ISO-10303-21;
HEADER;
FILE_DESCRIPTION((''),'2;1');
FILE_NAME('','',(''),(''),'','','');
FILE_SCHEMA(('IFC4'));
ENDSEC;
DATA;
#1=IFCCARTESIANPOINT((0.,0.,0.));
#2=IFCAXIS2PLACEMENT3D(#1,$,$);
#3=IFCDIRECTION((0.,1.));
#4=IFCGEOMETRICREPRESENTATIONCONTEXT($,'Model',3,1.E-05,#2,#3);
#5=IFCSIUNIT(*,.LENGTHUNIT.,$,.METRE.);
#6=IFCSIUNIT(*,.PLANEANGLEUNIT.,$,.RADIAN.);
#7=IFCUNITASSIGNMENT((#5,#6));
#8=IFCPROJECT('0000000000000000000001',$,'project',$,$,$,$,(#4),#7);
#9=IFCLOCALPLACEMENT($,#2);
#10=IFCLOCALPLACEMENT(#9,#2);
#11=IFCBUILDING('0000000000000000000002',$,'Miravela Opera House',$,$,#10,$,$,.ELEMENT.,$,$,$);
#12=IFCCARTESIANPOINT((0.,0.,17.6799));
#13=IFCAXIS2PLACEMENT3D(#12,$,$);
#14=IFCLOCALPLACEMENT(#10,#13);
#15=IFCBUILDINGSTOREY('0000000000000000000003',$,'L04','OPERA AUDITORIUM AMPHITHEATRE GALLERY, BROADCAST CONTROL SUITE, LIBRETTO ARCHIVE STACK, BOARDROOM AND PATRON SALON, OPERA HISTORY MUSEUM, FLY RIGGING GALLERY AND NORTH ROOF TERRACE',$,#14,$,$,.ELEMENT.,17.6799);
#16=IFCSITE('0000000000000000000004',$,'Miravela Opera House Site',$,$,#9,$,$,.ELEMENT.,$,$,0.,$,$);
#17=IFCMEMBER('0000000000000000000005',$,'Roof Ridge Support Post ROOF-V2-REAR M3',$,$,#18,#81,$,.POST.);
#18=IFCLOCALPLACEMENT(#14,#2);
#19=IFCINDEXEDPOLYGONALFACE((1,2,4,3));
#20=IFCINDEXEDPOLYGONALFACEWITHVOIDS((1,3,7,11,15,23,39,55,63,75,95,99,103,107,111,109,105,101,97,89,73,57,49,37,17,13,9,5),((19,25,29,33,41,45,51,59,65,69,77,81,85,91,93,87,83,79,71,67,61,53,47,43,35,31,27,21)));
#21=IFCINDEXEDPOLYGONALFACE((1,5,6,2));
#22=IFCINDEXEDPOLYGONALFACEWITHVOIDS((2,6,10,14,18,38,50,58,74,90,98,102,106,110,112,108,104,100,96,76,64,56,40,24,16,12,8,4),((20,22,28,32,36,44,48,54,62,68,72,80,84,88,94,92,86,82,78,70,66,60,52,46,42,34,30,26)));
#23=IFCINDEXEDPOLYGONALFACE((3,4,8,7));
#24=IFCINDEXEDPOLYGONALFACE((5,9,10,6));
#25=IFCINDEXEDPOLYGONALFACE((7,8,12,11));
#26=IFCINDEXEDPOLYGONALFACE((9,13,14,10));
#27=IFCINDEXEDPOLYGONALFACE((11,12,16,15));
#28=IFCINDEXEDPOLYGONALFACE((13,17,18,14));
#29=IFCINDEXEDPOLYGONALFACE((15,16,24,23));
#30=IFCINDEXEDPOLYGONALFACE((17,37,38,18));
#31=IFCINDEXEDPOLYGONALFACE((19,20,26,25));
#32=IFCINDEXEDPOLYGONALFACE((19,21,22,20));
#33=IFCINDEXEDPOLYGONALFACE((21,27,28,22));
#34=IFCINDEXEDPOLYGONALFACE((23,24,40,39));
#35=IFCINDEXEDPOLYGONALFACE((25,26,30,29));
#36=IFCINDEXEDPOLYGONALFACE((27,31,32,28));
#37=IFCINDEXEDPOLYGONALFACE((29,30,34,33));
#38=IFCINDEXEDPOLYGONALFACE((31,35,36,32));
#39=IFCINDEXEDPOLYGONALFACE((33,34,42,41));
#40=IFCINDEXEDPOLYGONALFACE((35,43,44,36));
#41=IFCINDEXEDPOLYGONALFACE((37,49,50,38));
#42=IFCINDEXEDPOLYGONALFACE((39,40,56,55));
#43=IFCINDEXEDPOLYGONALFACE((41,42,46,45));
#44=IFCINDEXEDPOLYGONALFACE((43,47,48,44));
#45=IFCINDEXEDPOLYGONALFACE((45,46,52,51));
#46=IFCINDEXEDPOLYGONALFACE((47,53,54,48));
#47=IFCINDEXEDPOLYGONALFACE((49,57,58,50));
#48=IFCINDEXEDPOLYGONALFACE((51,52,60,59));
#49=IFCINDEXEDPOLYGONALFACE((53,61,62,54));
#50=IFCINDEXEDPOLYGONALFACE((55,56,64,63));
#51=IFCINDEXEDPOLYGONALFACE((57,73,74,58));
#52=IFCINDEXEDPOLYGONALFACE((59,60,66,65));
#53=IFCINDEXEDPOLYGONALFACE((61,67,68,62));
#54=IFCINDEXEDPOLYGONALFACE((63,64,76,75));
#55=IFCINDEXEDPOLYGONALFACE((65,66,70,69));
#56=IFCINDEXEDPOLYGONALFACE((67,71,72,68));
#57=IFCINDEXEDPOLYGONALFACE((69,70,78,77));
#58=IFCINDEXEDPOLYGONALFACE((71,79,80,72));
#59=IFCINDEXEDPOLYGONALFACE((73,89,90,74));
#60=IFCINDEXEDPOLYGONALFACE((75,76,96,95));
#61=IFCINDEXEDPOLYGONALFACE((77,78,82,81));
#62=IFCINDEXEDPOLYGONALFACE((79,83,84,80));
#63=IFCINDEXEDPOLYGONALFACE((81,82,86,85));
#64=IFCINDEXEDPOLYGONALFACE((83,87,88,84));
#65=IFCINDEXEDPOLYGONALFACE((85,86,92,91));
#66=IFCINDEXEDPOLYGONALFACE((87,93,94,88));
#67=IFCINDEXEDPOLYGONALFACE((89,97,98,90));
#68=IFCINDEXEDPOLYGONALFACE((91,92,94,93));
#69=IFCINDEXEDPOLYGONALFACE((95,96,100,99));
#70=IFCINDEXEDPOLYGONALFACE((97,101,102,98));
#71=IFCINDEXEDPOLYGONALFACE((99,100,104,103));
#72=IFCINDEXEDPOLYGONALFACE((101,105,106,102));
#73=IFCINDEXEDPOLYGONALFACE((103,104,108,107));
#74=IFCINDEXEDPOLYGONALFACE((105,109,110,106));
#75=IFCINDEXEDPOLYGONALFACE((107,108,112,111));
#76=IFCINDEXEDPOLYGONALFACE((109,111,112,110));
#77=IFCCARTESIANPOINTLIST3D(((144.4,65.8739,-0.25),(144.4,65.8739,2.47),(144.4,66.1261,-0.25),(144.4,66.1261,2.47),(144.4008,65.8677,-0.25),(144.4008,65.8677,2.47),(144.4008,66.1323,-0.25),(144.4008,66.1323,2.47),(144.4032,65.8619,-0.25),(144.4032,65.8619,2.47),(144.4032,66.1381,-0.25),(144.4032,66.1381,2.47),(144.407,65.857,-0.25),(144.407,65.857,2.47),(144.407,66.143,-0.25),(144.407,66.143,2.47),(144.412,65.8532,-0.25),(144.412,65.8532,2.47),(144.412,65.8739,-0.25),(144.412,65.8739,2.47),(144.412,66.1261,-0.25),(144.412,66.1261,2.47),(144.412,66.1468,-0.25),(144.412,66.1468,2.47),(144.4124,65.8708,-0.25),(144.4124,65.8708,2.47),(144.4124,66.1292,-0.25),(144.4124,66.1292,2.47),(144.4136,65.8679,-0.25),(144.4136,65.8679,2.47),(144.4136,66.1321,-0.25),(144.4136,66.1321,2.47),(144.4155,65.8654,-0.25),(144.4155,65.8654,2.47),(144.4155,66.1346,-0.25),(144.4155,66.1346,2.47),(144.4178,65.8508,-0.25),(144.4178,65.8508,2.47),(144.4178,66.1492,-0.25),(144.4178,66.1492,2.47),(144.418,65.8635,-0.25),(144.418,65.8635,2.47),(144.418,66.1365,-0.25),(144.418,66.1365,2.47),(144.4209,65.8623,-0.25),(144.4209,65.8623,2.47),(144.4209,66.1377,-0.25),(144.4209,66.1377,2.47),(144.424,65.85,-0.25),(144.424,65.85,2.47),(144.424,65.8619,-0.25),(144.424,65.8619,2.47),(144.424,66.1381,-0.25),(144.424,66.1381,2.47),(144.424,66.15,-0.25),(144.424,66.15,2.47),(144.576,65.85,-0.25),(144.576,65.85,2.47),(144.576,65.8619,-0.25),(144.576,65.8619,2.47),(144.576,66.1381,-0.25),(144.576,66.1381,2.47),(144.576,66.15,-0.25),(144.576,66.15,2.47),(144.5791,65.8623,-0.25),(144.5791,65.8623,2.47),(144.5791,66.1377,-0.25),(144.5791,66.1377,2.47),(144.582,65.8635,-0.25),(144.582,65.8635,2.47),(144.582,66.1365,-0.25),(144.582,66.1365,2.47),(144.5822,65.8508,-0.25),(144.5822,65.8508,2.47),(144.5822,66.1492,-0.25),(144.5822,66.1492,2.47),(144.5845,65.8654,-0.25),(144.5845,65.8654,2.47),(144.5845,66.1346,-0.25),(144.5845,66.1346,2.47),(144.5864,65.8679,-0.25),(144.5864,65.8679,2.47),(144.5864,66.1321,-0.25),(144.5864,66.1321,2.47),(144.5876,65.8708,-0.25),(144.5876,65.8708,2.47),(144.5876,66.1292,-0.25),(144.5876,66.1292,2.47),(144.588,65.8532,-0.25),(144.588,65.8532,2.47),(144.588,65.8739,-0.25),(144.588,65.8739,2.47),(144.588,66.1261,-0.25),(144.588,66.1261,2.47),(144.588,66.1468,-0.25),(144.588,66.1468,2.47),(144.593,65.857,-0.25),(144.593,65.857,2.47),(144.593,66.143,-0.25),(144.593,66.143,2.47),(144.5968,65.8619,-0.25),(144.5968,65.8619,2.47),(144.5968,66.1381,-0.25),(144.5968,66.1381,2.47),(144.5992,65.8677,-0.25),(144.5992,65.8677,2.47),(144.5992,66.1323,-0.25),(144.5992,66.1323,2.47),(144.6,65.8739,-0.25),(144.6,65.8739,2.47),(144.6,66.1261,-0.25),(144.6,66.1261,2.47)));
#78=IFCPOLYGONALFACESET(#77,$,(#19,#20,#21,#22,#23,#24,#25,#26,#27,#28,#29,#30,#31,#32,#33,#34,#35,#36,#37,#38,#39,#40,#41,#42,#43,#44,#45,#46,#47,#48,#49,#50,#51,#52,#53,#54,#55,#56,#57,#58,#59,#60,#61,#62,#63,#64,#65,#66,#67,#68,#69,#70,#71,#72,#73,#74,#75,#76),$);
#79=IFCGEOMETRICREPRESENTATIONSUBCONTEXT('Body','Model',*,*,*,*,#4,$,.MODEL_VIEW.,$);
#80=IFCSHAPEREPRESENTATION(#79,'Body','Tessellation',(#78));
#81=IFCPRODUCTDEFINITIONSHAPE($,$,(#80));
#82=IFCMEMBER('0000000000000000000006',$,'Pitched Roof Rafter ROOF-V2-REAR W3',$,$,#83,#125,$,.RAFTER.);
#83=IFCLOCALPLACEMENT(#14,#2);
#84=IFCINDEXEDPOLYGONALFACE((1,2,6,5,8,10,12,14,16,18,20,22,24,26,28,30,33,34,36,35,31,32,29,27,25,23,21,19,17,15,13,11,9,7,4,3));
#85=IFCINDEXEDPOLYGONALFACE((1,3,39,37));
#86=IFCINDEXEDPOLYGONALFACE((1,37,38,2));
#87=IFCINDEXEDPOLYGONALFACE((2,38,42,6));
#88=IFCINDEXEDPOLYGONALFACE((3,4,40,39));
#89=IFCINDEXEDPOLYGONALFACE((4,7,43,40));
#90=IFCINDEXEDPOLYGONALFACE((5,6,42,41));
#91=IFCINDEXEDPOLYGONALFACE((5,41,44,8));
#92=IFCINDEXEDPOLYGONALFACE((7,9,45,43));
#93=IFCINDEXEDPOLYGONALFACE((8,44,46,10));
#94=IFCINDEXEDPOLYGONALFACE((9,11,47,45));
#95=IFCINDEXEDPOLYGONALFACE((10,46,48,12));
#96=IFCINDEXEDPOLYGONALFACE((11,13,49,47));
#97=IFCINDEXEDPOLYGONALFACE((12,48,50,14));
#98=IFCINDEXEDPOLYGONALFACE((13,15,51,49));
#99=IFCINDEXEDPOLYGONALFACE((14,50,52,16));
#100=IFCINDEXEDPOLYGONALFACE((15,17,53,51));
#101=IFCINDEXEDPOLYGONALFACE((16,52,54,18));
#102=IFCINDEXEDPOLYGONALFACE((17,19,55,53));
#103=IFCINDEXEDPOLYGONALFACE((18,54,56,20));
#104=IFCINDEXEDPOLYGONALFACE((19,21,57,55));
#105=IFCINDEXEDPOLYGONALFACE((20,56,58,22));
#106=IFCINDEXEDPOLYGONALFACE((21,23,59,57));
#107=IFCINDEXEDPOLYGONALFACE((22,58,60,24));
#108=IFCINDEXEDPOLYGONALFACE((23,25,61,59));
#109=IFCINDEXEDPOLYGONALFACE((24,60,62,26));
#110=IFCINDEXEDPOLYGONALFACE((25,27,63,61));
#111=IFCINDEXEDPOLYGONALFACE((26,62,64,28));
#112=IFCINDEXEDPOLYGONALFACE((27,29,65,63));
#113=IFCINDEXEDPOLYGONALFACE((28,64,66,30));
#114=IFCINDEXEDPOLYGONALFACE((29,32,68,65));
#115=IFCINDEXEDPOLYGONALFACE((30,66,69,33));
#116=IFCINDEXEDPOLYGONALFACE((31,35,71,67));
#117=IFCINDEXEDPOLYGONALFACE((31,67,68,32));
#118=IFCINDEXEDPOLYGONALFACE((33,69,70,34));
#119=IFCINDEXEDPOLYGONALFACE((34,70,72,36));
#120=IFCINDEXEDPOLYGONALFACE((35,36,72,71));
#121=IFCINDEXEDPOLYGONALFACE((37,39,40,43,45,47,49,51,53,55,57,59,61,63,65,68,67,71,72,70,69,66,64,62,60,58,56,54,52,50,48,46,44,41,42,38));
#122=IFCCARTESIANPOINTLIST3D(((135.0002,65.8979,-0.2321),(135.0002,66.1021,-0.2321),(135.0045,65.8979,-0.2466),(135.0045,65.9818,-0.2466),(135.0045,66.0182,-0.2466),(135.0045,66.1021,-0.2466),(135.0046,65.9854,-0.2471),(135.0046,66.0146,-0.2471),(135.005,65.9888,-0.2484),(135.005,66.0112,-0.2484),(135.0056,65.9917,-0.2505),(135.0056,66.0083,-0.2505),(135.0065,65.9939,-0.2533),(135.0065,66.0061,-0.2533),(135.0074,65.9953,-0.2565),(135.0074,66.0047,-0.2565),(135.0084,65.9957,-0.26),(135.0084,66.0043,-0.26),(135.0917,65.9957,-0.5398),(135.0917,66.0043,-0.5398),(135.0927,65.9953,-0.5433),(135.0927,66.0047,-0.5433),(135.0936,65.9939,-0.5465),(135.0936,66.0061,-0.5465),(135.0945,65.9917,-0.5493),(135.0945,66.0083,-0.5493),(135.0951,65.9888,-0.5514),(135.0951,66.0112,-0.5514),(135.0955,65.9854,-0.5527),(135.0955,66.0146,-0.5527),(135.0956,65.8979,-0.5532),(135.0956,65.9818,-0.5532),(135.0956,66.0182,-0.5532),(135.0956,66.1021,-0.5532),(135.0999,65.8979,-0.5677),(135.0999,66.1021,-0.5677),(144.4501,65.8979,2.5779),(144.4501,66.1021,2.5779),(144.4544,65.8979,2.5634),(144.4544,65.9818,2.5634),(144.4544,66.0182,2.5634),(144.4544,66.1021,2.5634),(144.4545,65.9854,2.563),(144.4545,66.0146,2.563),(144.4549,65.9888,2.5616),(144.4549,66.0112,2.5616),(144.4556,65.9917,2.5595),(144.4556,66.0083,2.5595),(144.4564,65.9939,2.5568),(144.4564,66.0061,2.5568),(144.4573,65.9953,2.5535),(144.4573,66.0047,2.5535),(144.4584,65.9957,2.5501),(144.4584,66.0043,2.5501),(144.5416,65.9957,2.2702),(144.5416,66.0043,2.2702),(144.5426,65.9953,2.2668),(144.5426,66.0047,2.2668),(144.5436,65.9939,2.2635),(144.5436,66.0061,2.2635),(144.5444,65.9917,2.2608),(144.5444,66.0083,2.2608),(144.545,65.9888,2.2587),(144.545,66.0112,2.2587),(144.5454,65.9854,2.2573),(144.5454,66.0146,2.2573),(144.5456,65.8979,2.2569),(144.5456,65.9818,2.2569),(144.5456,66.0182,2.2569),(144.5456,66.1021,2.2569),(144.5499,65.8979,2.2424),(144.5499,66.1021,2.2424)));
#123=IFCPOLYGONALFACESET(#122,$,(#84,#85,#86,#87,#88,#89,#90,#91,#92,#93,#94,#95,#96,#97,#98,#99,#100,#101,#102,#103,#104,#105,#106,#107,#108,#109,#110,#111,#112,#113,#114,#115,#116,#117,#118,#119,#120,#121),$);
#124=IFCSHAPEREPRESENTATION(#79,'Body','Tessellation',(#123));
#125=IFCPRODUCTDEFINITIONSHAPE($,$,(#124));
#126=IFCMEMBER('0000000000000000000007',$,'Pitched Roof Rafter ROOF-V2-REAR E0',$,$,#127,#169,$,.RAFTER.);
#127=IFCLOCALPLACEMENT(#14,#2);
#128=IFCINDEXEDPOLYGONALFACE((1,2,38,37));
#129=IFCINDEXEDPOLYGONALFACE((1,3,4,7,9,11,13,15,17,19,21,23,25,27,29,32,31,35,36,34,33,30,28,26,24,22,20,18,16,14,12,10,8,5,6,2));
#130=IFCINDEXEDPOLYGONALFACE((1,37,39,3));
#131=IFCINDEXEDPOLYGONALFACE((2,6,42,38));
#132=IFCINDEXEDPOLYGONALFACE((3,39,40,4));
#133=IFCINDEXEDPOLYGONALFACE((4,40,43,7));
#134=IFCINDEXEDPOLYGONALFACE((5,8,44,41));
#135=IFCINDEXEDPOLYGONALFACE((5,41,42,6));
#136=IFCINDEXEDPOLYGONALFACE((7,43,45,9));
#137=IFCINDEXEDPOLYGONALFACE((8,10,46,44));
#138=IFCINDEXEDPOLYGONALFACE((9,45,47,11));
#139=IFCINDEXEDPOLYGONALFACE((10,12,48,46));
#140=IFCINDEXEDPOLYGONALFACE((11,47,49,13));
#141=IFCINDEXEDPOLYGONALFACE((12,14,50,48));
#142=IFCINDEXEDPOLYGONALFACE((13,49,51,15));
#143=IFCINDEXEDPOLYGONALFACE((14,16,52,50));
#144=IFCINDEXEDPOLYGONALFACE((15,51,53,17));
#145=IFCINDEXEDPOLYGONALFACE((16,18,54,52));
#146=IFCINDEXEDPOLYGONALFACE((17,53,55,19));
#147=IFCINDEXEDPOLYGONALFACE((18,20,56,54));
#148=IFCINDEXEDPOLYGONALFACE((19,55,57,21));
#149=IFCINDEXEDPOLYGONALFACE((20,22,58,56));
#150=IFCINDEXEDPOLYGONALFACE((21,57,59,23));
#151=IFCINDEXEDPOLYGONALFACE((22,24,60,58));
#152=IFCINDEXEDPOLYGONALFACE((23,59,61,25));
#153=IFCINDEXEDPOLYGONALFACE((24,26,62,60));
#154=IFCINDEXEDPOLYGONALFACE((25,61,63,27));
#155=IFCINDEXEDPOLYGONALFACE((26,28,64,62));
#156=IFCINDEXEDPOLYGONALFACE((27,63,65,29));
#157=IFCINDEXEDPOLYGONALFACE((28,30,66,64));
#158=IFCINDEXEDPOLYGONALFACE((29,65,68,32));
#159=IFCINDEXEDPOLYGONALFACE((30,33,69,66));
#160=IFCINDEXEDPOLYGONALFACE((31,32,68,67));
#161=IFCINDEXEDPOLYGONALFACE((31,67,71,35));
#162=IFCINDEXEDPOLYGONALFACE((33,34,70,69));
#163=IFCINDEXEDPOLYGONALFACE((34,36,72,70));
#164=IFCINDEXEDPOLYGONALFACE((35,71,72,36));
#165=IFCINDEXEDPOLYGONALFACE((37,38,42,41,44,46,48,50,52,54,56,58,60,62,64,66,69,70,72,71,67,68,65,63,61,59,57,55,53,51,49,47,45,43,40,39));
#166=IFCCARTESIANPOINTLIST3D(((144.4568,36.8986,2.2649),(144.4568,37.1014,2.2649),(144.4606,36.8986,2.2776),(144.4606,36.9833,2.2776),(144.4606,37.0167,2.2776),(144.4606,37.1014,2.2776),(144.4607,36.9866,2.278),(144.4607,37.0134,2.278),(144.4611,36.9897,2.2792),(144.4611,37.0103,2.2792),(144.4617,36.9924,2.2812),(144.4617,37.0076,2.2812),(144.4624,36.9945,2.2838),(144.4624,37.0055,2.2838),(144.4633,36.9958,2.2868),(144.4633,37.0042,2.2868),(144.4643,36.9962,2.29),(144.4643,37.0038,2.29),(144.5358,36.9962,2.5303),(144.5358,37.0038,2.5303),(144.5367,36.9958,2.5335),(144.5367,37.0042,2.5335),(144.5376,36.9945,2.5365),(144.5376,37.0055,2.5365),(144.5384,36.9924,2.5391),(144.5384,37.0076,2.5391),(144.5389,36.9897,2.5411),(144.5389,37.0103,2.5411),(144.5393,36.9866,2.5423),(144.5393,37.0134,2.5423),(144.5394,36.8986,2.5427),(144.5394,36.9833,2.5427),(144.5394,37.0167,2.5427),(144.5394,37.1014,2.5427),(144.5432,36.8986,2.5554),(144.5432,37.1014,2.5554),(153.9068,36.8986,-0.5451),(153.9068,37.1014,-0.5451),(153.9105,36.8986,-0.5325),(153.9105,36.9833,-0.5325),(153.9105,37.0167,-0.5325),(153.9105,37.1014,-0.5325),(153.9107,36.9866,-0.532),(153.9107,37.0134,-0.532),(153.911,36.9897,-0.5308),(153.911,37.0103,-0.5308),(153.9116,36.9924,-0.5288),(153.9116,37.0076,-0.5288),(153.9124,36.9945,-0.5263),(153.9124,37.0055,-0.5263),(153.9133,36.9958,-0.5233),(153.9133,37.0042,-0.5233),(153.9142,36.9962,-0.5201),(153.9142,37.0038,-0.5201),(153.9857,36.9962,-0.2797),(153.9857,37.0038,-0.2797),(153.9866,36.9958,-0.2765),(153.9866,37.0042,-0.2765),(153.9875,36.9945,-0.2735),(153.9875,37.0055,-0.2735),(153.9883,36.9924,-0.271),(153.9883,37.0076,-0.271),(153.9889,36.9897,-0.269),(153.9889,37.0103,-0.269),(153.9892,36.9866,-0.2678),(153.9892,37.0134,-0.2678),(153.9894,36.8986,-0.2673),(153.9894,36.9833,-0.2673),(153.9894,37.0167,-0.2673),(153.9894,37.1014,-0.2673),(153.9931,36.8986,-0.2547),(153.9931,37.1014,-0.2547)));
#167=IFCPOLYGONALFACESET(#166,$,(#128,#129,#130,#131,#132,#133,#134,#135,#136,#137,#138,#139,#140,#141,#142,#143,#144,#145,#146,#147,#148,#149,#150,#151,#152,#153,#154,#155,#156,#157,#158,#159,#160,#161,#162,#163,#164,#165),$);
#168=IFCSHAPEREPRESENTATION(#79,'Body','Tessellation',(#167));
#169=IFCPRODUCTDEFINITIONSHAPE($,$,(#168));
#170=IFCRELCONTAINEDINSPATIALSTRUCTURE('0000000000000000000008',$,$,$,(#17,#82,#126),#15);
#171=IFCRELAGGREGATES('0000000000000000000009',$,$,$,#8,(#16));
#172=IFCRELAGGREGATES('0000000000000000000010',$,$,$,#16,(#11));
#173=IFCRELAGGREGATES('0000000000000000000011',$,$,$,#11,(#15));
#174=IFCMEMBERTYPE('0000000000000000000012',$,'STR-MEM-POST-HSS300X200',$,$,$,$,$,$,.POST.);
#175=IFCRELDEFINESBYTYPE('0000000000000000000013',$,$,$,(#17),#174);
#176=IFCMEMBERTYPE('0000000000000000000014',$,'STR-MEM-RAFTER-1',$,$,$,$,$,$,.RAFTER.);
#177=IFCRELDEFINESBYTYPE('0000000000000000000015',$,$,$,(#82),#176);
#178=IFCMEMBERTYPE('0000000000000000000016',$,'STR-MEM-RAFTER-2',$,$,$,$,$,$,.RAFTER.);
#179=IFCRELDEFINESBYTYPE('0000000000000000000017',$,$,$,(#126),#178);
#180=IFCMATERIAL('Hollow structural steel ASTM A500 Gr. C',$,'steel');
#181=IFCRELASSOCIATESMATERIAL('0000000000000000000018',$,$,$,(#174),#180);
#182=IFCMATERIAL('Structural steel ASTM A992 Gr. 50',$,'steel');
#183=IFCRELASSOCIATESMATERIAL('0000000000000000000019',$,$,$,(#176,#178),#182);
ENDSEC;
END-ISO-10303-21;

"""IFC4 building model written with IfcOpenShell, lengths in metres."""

from ifc_helpers import new_model, si_unit, direction, frame, origin, origin_2d, place, context, subcontext, project, spatial, hollow_rectangle, i_section, extrude, material, material_profile, profile_set, type_object, element, save


model = new_model("IFC4")

# Units and contexts
model_context = context("Model", 3, precision=1e-05, world=origin(), true_north=direction((0.0, 1.0)))
body_context = subcontext(model_context, "Body", "Model", "MODEL_VIEW")
ifc_project = project(units=[si_unit("LENGTHUNIT", "METRE"), si_unit("PLANEANGLEUNIT", "RADIAN")], contexts=[model_context])

# Site, building, storey
site_placement = place(None, origin())
site = spatial("IfcSite", under=ifc_project, at=site_placement, Name="Miravela Opera House Site", CompositionType="ELEMENT", RefElevation=0.0)
building_placement = place(site_placement, origin())
building = spatial("IfcBuilding", under=site, at=building_placement, Name="Miravela Opera House", CompositionType="ELEMENT")
storey_placement = place(building_placement, frame((0.0, 0.0, 17.6799)))
storey = spatial("IfcBuildingStorey", under=building, at=storey_placement, Name="L04", Description="OPERA AUDITORIUM AMPHITHEATRE GALLERY, BROADCAST CONTROL SUITE, LIBRETTO ARCHIVE STACK, BOARDROOM AND PATRON SALON, OPERA HISTORY MUSEUM, FLY RIGGING GALLERY AND NORTH ROOF TERRACE", CompositionType="ELEMENT", Elevation=17.6799)

# Shared definitions
ifc_material_1 = material(Name="Structural steel ASTM A992 Gr. 50", Category="steel")

# Members
ifc_material_2 = material(Name="Hollow structural steel ASTM A500 Gr. C", Category="steel")
ifc_material_profile_1 = material_profile(ifc_material_2, hollow_rectangle(XDim=0.2, YDim=0.3, WallThickness=0.012, InnerFilletRadius=0.012, OuterFilletRadius=0.0239, at=origin_2d()), Name="HSS300X200X12")
ifc_profile_set_1 = profile_set([ifc_material_profile_1])
member_type_1 = type_object("IfcMemberType", Name="STR-MEM-POST-HSS300X200", PredefinedType="POST", material=ifc_profile_set_1)
for number, where, z_axis, x_axis, name in (
    (1, (144.5, 66.0, -0.25), (0.0, 0.0, 1.0), (1.0, 0.0, 0.0), "Roof Ridge Support Post ROOF-V2-REAR M3"),
):
    element("IfcMember", number, at=place(storey_placement, frame(where, z_axis=z_axis, x_axis=x_axis)), inside=storey, type_object=member_type_1, Name=name, PredefinedType="POST", context=body_context, shape_type="SweptSolid", body=[
        extrude(hollow_rectangle(XDim=0.2, YDim=0.3, WallThickness=0.012, InnerFilletRadius=0.012, OuterFilletRadius=0.0239, at=origin_2d()), origin(), (0.0, 0.0, 1.0), 2.72),
    ])
ifc_material_profile_2 = material_profile(ifc_material_1, i_section(OverallWidth=0.2041, OverallDepth=0.3501, WebThickness=0.0085, FlangeThickness=0.0151, FilletRadius=0.0139, at=origin_2d()), Name="W360X72")
ifc_profile_set_2 = profile_set([ifc_material_profile_2])
member_type_2 = type_object("IfcMemberType", Name="STR-MEM-RAFTER-1", PredefinedType="RAFTER", material=ifc_profile_set_2)
member_placement = place(storey_placement, frame((135.05, 66.0, -0.3999), z_axis=(0.958519, 0.0, 0.285027), x_axis=(0.0, 1.0, 0.0)))
element("IfcMember", 2, at=member_placement, inside=storey, type_object=member_type_2, Name="Pitched Roof Rafter ROOF-V2-REAR W3", PredefinedType="RAFTER", context=body_context, shape_type="SweptSolid", body=[
    extrude(i_section(OverallWidth=0.2041, OverallDepth=0.3501, WebThickness=0.0085, FlangeThickness=0.0151, FilletRadius=0.0139, at=origin_2d()), origin(), (0.0, 0.0, 1.0), 9.8589),
])
ifc_material_profile_3 = material_profile(ifc_material_1, i_section(OverallWidth=0.2029, OverallDepth=0.303, WebThickness=0.0076, FlangeThickness=0.0132, FilletRadius=0.0129, at=origin_2d()), Name="W310X60")
ifc_profile_set_3 = profile_set([ifc_material_profile_3])
member_type_3 = type_object("IfcMemberType", Name="STR-MEM-RAFTER-2", PredefinedType="RAFTER", material=ifc_profile_set_3)
for number, where, z_axis, x_axis, name in (
    (3, (153.95, 37.0, -0.3999), (-0.958519, 0.0, 0.285027), (0.0, -1.0, 0.0), "Pitched Roof Rafter ROOF-V2-REAR E0"),
):
    element("IfcMember", number, at=place(storey_placement, frame(where, z_axis=z_axis, x_axis=x_axis)), inside=storey, type_object=member_type_3, Name=name, PredefinedType="RAFTER", context=body_context, shape_type="SweptSolid", body=[
        extrude(i_section(OverallWidth=0.2029, OverallDepth=0.303, WebThickness=0.0076, FlangeThickness=0.0132, FilletRadius=0.0129, at=origin_2d()), origin(), (0.0, 0.0, 1.0), 9.8589),
    ])

save(model, "model.ifc")
